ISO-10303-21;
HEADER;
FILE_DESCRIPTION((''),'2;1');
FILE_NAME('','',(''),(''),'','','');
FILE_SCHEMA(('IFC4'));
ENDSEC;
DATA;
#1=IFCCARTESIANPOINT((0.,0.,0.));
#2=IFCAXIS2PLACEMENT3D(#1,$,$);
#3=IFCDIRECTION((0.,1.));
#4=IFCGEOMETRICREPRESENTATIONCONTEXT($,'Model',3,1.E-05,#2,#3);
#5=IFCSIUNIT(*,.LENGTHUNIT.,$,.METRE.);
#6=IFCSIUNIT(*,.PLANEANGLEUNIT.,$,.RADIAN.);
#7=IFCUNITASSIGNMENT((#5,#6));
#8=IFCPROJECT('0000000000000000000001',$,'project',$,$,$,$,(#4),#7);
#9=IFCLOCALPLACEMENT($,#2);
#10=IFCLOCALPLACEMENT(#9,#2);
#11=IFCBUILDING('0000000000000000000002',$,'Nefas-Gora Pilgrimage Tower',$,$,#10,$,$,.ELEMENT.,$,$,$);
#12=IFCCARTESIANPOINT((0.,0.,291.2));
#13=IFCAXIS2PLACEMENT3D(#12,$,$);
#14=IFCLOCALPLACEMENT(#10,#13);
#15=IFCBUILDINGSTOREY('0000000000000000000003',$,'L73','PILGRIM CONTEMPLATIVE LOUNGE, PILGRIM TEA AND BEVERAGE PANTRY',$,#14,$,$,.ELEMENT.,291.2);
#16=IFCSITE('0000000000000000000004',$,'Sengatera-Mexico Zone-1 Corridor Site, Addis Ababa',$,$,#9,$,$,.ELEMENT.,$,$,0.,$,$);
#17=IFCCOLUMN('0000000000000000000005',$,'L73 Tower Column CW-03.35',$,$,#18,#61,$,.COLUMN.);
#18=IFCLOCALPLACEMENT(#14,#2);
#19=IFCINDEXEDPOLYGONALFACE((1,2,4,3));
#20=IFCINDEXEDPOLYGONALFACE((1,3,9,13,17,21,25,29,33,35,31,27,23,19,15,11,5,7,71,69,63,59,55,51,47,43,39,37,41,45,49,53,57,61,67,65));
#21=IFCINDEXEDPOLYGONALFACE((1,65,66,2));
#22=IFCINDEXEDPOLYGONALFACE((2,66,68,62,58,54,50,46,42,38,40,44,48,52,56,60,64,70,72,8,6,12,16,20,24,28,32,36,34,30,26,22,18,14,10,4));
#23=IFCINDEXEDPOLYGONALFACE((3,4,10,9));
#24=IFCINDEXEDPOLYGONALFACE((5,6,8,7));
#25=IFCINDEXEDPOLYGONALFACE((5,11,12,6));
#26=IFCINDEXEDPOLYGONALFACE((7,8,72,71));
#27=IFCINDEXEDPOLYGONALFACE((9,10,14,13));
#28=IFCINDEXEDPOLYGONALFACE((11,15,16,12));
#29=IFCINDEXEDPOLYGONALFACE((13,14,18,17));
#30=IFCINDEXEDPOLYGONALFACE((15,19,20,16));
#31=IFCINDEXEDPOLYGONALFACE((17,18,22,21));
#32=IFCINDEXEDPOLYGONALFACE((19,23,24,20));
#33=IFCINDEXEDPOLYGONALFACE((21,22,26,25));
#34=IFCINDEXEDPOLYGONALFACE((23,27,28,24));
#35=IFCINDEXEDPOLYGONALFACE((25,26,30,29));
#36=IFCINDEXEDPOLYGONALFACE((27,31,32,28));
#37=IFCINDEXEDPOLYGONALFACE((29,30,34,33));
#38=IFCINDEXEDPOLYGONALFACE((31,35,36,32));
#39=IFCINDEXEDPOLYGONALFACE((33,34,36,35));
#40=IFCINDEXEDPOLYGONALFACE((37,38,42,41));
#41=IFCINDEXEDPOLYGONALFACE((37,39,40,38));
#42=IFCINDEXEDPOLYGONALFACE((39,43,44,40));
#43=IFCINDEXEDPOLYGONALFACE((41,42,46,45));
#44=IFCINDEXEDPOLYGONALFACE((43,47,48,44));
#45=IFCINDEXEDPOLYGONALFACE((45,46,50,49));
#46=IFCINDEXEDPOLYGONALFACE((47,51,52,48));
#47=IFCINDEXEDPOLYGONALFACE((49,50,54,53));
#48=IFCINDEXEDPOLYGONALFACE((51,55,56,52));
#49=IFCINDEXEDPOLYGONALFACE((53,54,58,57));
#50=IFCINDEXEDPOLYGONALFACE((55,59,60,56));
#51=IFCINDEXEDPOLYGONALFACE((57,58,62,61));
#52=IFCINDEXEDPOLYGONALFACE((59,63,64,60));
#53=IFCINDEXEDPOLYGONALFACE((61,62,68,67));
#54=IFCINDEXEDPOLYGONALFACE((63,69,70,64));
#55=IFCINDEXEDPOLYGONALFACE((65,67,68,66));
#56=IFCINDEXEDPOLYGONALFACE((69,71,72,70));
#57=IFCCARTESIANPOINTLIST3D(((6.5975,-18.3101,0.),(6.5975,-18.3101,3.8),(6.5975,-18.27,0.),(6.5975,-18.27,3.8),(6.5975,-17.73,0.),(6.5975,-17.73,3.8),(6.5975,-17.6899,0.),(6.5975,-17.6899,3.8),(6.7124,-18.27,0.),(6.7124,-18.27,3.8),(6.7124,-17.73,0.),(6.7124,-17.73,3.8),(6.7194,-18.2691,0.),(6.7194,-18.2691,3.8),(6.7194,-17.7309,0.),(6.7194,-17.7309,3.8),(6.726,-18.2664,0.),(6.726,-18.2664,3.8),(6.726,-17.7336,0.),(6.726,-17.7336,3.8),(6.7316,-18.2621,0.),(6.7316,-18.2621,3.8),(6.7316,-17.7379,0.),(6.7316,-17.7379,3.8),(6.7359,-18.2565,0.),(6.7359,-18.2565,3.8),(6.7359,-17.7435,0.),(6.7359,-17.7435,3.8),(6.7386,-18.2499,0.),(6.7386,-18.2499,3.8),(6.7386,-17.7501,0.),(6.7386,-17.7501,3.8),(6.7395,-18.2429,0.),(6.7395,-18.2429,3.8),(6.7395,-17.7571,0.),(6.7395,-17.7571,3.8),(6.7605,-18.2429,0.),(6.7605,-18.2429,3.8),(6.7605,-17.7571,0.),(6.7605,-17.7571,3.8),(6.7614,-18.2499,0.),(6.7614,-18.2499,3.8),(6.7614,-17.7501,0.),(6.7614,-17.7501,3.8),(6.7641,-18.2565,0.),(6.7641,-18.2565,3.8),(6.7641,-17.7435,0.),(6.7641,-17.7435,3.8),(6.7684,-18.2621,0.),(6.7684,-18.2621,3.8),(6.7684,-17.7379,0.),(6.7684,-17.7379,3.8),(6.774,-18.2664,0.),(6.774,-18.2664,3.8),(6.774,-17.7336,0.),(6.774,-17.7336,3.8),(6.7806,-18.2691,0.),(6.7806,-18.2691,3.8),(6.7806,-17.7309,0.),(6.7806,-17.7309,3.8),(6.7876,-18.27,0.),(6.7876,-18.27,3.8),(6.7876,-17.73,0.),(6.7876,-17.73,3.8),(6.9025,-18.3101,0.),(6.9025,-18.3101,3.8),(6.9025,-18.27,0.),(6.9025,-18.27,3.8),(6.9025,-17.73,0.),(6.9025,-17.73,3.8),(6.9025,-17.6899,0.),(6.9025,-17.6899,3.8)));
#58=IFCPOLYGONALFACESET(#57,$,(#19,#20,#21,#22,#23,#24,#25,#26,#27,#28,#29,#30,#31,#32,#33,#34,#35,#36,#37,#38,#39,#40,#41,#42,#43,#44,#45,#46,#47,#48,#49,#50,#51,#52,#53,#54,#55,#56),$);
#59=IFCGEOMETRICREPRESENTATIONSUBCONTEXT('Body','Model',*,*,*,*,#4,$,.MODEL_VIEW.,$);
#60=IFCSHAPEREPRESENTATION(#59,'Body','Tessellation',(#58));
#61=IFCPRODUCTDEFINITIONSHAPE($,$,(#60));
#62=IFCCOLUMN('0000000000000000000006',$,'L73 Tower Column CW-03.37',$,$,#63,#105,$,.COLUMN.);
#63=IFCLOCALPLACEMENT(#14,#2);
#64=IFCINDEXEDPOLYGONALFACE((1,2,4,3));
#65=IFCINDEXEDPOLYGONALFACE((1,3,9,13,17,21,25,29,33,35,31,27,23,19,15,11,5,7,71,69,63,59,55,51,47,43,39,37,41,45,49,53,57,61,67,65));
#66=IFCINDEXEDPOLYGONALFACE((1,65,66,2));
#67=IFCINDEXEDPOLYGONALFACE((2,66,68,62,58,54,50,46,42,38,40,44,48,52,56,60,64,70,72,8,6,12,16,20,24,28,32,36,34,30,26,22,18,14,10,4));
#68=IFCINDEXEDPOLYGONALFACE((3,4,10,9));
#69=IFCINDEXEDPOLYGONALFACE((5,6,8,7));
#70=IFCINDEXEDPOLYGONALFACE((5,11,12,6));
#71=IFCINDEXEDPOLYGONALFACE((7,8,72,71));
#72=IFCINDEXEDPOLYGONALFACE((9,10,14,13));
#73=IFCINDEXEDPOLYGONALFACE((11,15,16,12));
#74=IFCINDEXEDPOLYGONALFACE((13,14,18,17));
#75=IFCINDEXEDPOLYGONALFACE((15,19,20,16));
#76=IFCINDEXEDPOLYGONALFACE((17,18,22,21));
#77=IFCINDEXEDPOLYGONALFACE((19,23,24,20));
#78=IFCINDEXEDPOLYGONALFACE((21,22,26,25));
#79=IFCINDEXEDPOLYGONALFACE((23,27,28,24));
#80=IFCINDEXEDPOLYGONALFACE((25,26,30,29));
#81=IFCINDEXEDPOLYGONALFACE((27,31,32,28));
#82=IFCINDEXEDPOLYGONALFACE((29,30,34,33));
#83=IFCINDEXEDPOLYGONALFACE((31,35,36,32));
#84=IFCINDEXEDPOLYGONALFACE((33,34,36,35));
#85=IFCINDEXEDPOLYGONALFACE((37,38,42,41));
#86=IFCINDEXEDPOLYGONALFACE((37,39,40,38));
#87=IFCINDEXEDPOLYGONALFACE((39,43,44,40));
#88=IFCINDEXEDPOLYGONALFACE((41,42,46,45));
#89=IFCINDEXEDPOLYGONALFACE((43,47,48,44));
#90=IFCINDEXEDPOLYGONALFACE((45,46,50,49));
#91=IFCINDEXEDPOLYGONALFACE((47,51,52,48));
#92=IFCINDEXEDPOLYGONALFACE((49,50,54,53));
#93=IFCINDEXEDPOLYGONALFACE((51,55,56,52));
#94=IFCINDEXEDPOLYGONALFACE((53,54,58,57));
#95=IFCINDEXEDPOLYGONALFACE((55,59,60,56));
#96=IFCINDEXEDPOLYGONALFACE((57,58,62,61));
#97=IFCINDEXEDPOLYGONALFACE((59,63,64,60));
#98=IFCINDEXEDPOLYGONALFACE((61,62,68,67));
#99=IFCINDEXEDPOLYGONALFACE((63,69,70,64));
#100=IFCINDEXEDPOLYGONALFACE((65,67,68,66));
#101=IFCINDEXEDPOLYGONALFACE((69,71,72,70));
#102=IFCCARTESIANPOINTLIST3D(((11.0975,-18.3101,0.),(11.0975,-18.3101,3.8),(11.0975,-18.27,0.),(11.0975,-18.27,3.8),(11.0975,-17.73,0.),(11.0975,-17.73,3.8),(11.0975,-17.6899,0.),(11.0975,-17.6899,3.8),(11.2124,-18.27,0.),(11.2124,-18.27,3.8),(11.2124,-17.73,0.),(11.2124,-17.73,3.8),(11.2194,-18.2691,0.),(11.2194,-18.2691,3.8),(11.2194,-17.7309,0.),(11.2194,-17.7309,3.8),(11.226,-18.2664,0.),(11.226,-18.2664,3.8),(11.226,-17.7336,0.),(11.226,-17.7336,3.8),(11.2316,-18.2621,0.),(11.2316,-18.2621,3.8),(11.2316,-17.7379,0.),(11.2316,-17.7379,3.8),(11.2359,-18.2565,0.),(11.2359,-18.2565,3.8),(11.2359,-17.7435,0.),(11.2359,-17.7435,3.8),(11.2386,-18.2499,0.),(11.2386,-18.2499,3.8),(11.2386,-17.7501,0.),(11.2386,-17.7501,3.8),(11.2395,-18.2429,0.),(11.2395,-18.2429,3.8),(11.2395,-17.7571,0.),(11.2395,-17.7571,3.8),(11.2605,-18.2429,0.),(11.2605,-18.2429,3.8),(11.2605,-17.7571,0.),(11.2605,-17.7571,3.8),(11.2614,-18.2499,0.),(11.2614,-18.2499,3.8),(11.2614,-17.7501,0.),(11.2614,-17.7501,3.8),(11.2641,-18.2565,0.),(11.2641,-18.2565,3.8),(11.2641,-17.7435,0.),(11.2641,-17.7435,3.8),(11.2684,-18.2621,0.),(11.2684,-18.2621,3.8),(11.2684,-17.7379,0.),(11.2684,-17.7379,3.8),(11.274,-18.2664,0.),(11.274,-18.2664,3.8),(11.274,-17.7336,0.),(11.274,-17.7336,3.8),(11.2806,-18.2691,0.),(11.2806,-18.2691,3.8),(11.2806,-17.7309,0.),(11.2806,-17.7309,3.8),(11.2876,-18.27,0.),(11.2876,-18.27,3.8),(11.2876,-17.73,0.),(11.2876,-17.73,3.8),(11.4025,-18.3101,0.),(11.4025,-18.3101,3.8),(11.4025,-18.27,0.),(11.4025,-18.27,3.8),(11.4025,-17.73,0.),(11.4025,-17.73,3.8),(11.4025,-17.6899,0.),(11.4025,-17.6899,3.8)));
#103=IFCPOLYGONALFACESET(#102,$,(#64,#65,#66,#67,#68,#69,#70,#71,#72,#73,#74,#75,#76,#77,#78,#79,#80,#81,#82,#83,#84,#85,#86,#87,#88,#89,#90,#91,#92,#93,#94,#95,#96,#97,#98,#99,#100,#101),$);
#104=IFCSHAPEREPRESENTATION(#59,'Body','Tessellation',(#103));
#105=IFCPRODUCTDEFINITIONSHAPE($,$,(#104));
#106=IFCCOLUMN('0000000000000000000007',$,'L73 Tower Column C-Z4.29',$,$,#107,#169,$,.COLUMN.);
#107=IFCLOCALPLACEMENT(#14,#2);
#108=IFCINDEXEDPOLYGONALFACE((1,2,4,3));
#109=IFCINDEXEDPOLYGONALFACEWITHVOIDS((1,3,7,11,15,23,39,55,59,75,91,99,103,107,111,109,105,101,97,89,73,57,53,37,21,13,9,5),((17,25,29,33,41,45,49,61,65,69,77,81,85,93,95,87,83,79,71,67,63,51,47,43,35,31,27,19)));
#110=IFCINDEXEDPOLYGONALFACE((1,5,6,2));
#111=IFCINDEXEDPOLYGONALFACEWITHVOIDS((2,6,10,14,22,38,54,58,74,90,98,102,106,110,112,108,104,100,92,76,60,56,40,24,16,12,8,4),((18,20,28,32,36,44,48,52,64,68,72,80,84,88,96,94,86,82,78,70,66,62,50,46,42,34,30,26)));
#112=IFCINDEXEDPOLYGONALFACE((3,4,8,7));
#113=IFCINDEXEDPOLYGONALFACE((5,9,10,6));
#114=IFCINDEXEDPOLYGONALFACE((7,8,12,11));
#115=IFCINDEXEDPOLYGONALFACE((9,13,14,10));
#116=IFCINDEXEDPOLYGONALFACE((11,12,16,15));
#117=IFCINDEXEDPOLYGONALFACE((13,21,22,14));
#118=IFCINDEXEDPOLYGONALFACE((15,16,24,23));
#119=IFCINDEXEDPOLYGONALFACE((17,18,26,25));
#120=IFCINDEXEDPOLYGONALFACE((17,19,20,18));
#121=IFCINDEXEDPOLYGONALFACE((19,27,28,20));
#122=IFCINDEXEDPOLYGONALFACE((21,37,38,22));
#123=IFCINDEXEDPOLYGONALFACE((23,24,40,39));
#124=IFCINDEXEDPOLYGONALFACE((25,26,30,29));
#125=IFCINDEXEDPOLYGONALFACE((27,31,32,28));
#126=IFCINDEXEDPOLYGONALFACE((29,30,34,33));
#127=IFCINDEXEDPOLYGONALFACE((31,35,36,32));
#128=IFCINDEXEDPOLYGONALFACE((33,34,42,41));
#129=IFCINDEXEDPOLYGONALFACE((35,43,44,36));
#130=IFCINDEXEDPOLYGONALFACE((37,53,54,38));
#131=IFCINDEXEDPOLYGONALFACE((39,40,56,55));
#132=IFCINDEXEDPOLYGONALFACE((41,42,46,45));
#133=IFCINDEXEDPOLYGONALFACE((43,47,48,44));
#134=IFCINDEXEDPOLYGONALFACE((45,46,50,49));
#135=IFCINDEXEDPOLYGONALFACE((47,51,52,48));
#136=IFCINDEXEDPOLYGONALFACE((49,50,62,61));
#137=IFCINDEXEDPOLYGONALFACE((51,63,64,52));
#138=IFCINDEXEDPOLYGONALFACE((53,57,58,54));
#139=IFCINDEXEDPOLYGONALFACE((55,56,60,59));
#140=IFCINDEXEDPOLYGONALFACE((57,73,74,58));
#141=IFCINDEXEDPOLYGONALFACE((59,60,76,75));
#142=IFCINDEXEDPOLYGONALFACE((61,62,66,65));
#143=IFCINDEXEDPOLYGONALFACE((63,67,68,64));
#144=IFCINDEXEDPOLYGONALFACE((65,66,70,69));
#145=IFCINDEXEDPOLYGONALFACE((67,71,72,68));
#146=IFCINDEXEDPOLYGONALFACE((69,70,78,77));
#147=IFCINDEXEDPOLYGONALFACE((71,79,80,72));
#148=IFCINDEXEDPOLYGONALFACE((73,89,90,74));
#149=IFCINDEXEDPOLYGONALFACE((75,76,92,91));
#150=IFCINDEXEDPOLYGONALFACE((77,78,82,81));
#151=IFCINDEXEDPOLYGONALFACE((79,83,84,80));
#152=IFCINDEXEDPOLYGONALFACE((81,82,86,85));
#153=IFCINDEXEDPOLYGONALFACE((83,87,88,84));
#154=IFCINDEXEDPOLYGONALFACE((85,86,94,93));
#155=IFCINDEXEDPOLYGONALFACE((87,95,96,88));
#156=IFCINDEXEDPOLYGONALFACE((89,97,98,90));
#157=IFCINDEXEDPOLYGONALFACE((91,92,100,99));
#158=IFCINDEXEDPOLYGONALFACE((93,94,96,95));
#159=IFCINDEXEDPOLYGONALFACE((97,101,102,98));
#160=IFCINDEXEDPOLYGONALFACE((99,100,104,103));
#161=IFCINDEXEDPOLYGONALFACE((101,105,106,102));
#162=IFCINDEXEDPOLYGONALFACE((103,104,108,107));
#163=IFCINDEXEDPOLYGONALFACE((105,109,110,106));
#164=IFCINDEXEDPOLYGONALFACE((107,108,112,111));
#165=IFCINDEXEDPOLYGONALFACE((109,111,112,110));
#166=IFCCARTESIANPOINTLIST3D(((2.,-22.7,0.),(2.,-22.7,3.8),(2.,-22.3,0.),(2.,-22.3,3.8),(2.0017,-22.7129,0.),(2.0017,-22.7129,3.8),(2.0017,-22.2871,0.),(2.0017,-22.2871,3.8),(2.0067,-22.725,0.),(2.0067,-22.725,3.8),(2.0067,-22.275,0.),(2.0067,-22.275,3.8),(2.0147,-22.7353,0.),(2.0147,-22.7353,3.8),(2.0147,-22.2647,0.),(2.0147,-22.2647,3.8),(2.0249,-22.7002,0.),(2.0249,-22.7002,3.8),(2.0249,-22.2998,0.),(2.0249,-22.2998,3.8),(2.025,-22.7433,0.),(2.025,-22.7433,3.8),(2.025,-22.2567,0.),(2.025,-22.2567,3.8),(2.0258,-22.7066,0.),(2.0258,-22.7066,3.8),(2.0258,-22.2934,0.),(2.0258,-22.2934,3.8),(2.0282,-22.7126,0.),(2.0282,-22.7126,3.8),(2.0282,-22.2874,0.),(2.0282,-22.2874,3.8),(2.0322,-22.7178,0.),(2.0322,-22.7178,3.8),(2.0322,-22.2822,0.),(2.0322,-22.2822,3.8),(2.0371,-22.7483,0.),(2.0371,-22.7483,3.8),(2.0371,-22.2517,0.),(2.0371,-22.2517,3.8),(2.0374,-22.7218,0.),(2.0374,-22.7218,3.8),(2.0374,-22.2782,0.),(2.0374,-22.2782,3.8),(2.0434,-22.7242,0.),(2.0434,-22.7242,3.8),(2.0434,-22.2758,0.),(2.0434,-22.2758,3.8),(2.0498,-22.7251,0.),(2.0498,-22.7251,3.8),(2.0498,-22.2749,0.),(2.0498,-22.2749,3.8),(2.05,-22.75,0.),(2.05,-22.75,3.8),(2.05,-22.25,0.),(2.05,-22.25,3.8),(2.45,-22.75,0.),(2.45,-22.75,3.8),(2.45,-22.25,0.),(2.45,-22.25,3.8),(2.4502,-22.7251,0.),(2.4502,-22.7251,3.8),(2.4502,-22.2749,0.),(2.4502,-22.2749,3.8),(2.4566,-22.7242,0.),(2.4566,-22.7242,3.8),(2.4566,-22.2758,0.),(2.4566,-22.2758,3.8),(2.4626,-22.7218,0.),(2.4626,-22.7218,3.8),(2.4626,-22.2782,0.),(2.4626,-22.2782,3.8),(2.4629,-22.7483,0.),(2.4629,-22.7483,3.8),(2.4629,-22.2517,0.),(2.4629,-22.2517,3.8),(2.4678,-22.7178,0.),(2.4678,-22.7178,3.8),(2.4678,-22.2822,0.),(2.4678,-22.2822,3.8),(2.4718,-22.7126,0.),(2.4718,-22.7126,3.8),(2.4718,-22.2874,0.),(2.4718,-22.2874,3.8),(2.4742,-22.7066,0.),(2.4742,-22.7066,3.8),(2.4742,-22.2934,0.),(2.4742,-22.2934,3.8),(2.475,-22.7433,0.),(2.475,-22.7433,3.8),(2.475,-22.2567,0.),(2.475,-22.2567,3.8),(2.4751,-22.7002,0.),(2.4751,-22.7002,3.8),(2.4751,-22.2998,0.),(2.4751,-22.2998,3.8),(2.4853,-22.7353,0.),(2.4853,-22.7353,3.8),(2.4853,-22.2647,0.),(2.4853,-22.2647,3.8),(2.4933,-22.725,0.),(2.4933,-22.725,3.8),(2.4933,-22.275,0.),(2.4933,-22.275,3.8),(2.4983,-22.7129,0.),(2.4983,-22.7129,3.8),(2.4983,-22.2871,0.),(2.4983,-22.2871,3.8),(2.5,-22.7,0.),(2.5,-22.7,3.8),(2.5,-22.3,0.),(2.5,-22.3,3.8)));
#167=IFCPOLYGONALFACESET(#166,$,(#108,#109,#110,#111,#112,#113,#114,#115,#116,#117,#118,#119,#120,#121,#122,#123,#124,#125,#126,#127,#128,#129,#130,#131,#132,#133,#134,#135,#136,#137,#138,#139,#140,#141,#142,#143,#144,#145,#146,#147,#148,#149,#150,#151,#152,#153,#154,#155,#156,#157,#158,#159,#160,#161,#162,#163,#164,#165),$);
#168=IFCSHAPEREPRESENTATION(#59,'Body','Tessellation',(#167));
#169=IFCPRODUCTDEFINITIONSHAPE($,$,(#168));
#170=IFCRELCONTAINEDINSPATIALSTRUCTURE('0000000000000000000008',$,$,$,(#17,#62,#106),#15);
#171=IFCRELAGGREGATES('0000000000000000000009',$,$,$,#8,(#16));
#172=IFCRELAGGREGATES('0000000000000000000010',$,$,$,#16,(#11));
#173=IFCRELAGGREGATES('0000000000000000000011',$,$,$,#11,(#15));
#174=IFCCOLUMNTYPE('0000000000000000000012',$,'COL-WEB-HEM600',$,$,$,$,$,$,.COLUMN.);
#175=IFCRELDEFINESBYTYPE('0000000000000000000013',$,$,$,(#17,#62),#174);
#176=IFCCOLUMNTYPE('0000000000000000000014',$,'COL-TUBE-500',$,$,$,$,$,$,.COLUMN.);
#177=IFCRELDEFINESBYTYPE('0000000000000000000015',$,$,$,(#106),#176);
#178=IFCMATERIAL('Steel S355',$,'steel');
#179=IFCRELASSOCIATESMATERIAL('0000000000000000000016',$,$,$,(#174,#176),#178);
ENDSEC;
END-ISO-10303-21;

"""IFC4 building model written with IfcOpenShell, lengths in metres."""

from ifc_helpers import new_model, si_unit, direction, frame, origin, origin_2d, place, context, subcontext, project, spatial, hollow_rectangle, i_section, extrude, source, transform, mapped, material, material_profile, profile_set, type_object, element, save


model = new_model("IFC4")

# Units and contexts
model_context = context("Model", 3, precision=1e-05, world=origin(), true_north=direction((0.0, 1.0)))
body_context = subcontext(model_context, "Body", "Model", "MODEL_VIEW")
ifc_project = project(units=[si_unit("LENGTHUNIT", "METRE"), si_unit("PLANEANGLEUNIT", "RADIAN")], contexts=[model_context])

# Site, building, storey
site_placement = place(None, origin())
site = spatial("IfcSite", under=ifc_project, at=site_placement, Name="Sengatera-Mexico Zone-1 Corridor Site, Addis Ababa", CompositionType="ELEMENT", RefElevation=0.0)
building_placement = place(site_placement, origin())
building = spatial("IfcBuilding", under=site, at=building_placement, Name="Nefas-Gora Pilgrimage Tower", CompositionType="ELEMENT")
storey_placement = place(building_placement, frame((0.0, 0.0, 291.2)))
storey = spatial("IfcBuildingStorey", under=building, at=storey_placement, Name="L73", Description="PILGRIM CONTEMPLATIVE LOUNGE, PILGRIM TEA AND BEVERAGE PANTRY", CompositionType="ELEMENT", Elevation=291.2)

# Columns
ifc_material_1 = material(Name="Steel S355", Category="steel")
ifc_material_profile_1 = material_profile(ifc_material_1, i_section(OverallWidth=0.3049, OverallDepth=0.6201, WebThickness=0.021, FlangeThickness=0.04, FilletRadius=0.0271, at=origin_2d()), Name="HEM 600")
ifc_profile_set_1 = profile_set([ifc_material_profile_1], Name="Steel S355")
column_type_1 = type_object("IfcColumnType", Name="COL-WEB-HEM600", PredefinedType="COLUMN", material=ifc_profile_set_1)
shared_shape_1 = source(origin(), body_context, "Body", "SweptSolid", [
    extrude(i_section(OverallWidth=0.3049, OverallDepth=0.6201, WebThickness=0.021, FlangeThickness=0.04, FilletRadius=0.0271, at=origin_2d()), origin(), (0.0, 0.0, 1.0), 3.8),
])
for number, where, z_axis, x_axis, name in (
    (1, (6.75, -18.0, 0.0), (0.0, 0.0, 1.0), (1.0, 0.0, 0.0), "L73 Tower Column CW-03.35"),
    (2, (11.25, -18.0, 0.0), (0.0, 0.0, 1.0), (1.0, 0.0, 0.0), "L73 Tower Column CW-03.37"),
):
    element("IfcColumn", number, at=place(storey_placement, frame(where, z_axis=z_axis, x_axis=x_axis)), inside=storey, type_object=column_type_1, Name=name, PredefinedType="COLUMN", context=body_context, shape_type="MappedRepresentation", body=[
        mapped(shared_shape_1, transform((0.0, 0.0, 0.0), x_axis=(1.0, 0.0, 0.0), y_axis=(0.0, 1.0, 0.0), z_axis=(0.0, 0.0, 1.0), scale=1.0)),
    ])
ifc_material_profile_2 = material_profile(ifc_material_1, hollow_rectangle(XDim=0.5, YDim=0.5, WallThickness=0.0249, InnerFilletRadius=0.0249, OuterFilletRadius=0.05, at=origin_2d()), Name="SHS 500x500x25")
ifc_profile_set_2 = profile_set([ifc_material_profile_2], Name="Steel S355")
column_type_2 = type_object("IfcColumnType", Name="COL-TUBE-500", PredefinedType="COLUMN", material=ifc_profile_set_2)
shared_shape_2 = source(origin(), body_context, "Body", "SweptSolid", [
    extrude(hollow_rectangle(XDim=0.5, YDim=0.5, WallThickness=0.0249, InnerFilletRadius=0.0249, OuterFilletRadius=0.05, at=origin_2d()), origin(), (0.0, 0.0, 1.0), 3.8),
])
column_1_placement = place(storey_placement, frame((2.25, -22.5, 0.0), z_axis=(0.0, 0.0, 1.0), x_axis=(1.0, 0.0, 0.0)))
element("IfcColumn", 3, at=column_1_placement, inside=storey, type_object=column_type_2, Name="L73 Tower Column C-Z4.29", PredefinedType="COLUMN", context=body_context, shape_type="MappedRepresentation", body=[
    mapped(shared_shape_2, transform((0.0, 0.0, 0.0), x_axis=(1.0, 0.0, 0.0), y_axis=(0.0, 1.0, 0.0), z_axis=(0.0, 0.0, 1.0), scale=1.0)),
])

save(model, "model.ifc")
